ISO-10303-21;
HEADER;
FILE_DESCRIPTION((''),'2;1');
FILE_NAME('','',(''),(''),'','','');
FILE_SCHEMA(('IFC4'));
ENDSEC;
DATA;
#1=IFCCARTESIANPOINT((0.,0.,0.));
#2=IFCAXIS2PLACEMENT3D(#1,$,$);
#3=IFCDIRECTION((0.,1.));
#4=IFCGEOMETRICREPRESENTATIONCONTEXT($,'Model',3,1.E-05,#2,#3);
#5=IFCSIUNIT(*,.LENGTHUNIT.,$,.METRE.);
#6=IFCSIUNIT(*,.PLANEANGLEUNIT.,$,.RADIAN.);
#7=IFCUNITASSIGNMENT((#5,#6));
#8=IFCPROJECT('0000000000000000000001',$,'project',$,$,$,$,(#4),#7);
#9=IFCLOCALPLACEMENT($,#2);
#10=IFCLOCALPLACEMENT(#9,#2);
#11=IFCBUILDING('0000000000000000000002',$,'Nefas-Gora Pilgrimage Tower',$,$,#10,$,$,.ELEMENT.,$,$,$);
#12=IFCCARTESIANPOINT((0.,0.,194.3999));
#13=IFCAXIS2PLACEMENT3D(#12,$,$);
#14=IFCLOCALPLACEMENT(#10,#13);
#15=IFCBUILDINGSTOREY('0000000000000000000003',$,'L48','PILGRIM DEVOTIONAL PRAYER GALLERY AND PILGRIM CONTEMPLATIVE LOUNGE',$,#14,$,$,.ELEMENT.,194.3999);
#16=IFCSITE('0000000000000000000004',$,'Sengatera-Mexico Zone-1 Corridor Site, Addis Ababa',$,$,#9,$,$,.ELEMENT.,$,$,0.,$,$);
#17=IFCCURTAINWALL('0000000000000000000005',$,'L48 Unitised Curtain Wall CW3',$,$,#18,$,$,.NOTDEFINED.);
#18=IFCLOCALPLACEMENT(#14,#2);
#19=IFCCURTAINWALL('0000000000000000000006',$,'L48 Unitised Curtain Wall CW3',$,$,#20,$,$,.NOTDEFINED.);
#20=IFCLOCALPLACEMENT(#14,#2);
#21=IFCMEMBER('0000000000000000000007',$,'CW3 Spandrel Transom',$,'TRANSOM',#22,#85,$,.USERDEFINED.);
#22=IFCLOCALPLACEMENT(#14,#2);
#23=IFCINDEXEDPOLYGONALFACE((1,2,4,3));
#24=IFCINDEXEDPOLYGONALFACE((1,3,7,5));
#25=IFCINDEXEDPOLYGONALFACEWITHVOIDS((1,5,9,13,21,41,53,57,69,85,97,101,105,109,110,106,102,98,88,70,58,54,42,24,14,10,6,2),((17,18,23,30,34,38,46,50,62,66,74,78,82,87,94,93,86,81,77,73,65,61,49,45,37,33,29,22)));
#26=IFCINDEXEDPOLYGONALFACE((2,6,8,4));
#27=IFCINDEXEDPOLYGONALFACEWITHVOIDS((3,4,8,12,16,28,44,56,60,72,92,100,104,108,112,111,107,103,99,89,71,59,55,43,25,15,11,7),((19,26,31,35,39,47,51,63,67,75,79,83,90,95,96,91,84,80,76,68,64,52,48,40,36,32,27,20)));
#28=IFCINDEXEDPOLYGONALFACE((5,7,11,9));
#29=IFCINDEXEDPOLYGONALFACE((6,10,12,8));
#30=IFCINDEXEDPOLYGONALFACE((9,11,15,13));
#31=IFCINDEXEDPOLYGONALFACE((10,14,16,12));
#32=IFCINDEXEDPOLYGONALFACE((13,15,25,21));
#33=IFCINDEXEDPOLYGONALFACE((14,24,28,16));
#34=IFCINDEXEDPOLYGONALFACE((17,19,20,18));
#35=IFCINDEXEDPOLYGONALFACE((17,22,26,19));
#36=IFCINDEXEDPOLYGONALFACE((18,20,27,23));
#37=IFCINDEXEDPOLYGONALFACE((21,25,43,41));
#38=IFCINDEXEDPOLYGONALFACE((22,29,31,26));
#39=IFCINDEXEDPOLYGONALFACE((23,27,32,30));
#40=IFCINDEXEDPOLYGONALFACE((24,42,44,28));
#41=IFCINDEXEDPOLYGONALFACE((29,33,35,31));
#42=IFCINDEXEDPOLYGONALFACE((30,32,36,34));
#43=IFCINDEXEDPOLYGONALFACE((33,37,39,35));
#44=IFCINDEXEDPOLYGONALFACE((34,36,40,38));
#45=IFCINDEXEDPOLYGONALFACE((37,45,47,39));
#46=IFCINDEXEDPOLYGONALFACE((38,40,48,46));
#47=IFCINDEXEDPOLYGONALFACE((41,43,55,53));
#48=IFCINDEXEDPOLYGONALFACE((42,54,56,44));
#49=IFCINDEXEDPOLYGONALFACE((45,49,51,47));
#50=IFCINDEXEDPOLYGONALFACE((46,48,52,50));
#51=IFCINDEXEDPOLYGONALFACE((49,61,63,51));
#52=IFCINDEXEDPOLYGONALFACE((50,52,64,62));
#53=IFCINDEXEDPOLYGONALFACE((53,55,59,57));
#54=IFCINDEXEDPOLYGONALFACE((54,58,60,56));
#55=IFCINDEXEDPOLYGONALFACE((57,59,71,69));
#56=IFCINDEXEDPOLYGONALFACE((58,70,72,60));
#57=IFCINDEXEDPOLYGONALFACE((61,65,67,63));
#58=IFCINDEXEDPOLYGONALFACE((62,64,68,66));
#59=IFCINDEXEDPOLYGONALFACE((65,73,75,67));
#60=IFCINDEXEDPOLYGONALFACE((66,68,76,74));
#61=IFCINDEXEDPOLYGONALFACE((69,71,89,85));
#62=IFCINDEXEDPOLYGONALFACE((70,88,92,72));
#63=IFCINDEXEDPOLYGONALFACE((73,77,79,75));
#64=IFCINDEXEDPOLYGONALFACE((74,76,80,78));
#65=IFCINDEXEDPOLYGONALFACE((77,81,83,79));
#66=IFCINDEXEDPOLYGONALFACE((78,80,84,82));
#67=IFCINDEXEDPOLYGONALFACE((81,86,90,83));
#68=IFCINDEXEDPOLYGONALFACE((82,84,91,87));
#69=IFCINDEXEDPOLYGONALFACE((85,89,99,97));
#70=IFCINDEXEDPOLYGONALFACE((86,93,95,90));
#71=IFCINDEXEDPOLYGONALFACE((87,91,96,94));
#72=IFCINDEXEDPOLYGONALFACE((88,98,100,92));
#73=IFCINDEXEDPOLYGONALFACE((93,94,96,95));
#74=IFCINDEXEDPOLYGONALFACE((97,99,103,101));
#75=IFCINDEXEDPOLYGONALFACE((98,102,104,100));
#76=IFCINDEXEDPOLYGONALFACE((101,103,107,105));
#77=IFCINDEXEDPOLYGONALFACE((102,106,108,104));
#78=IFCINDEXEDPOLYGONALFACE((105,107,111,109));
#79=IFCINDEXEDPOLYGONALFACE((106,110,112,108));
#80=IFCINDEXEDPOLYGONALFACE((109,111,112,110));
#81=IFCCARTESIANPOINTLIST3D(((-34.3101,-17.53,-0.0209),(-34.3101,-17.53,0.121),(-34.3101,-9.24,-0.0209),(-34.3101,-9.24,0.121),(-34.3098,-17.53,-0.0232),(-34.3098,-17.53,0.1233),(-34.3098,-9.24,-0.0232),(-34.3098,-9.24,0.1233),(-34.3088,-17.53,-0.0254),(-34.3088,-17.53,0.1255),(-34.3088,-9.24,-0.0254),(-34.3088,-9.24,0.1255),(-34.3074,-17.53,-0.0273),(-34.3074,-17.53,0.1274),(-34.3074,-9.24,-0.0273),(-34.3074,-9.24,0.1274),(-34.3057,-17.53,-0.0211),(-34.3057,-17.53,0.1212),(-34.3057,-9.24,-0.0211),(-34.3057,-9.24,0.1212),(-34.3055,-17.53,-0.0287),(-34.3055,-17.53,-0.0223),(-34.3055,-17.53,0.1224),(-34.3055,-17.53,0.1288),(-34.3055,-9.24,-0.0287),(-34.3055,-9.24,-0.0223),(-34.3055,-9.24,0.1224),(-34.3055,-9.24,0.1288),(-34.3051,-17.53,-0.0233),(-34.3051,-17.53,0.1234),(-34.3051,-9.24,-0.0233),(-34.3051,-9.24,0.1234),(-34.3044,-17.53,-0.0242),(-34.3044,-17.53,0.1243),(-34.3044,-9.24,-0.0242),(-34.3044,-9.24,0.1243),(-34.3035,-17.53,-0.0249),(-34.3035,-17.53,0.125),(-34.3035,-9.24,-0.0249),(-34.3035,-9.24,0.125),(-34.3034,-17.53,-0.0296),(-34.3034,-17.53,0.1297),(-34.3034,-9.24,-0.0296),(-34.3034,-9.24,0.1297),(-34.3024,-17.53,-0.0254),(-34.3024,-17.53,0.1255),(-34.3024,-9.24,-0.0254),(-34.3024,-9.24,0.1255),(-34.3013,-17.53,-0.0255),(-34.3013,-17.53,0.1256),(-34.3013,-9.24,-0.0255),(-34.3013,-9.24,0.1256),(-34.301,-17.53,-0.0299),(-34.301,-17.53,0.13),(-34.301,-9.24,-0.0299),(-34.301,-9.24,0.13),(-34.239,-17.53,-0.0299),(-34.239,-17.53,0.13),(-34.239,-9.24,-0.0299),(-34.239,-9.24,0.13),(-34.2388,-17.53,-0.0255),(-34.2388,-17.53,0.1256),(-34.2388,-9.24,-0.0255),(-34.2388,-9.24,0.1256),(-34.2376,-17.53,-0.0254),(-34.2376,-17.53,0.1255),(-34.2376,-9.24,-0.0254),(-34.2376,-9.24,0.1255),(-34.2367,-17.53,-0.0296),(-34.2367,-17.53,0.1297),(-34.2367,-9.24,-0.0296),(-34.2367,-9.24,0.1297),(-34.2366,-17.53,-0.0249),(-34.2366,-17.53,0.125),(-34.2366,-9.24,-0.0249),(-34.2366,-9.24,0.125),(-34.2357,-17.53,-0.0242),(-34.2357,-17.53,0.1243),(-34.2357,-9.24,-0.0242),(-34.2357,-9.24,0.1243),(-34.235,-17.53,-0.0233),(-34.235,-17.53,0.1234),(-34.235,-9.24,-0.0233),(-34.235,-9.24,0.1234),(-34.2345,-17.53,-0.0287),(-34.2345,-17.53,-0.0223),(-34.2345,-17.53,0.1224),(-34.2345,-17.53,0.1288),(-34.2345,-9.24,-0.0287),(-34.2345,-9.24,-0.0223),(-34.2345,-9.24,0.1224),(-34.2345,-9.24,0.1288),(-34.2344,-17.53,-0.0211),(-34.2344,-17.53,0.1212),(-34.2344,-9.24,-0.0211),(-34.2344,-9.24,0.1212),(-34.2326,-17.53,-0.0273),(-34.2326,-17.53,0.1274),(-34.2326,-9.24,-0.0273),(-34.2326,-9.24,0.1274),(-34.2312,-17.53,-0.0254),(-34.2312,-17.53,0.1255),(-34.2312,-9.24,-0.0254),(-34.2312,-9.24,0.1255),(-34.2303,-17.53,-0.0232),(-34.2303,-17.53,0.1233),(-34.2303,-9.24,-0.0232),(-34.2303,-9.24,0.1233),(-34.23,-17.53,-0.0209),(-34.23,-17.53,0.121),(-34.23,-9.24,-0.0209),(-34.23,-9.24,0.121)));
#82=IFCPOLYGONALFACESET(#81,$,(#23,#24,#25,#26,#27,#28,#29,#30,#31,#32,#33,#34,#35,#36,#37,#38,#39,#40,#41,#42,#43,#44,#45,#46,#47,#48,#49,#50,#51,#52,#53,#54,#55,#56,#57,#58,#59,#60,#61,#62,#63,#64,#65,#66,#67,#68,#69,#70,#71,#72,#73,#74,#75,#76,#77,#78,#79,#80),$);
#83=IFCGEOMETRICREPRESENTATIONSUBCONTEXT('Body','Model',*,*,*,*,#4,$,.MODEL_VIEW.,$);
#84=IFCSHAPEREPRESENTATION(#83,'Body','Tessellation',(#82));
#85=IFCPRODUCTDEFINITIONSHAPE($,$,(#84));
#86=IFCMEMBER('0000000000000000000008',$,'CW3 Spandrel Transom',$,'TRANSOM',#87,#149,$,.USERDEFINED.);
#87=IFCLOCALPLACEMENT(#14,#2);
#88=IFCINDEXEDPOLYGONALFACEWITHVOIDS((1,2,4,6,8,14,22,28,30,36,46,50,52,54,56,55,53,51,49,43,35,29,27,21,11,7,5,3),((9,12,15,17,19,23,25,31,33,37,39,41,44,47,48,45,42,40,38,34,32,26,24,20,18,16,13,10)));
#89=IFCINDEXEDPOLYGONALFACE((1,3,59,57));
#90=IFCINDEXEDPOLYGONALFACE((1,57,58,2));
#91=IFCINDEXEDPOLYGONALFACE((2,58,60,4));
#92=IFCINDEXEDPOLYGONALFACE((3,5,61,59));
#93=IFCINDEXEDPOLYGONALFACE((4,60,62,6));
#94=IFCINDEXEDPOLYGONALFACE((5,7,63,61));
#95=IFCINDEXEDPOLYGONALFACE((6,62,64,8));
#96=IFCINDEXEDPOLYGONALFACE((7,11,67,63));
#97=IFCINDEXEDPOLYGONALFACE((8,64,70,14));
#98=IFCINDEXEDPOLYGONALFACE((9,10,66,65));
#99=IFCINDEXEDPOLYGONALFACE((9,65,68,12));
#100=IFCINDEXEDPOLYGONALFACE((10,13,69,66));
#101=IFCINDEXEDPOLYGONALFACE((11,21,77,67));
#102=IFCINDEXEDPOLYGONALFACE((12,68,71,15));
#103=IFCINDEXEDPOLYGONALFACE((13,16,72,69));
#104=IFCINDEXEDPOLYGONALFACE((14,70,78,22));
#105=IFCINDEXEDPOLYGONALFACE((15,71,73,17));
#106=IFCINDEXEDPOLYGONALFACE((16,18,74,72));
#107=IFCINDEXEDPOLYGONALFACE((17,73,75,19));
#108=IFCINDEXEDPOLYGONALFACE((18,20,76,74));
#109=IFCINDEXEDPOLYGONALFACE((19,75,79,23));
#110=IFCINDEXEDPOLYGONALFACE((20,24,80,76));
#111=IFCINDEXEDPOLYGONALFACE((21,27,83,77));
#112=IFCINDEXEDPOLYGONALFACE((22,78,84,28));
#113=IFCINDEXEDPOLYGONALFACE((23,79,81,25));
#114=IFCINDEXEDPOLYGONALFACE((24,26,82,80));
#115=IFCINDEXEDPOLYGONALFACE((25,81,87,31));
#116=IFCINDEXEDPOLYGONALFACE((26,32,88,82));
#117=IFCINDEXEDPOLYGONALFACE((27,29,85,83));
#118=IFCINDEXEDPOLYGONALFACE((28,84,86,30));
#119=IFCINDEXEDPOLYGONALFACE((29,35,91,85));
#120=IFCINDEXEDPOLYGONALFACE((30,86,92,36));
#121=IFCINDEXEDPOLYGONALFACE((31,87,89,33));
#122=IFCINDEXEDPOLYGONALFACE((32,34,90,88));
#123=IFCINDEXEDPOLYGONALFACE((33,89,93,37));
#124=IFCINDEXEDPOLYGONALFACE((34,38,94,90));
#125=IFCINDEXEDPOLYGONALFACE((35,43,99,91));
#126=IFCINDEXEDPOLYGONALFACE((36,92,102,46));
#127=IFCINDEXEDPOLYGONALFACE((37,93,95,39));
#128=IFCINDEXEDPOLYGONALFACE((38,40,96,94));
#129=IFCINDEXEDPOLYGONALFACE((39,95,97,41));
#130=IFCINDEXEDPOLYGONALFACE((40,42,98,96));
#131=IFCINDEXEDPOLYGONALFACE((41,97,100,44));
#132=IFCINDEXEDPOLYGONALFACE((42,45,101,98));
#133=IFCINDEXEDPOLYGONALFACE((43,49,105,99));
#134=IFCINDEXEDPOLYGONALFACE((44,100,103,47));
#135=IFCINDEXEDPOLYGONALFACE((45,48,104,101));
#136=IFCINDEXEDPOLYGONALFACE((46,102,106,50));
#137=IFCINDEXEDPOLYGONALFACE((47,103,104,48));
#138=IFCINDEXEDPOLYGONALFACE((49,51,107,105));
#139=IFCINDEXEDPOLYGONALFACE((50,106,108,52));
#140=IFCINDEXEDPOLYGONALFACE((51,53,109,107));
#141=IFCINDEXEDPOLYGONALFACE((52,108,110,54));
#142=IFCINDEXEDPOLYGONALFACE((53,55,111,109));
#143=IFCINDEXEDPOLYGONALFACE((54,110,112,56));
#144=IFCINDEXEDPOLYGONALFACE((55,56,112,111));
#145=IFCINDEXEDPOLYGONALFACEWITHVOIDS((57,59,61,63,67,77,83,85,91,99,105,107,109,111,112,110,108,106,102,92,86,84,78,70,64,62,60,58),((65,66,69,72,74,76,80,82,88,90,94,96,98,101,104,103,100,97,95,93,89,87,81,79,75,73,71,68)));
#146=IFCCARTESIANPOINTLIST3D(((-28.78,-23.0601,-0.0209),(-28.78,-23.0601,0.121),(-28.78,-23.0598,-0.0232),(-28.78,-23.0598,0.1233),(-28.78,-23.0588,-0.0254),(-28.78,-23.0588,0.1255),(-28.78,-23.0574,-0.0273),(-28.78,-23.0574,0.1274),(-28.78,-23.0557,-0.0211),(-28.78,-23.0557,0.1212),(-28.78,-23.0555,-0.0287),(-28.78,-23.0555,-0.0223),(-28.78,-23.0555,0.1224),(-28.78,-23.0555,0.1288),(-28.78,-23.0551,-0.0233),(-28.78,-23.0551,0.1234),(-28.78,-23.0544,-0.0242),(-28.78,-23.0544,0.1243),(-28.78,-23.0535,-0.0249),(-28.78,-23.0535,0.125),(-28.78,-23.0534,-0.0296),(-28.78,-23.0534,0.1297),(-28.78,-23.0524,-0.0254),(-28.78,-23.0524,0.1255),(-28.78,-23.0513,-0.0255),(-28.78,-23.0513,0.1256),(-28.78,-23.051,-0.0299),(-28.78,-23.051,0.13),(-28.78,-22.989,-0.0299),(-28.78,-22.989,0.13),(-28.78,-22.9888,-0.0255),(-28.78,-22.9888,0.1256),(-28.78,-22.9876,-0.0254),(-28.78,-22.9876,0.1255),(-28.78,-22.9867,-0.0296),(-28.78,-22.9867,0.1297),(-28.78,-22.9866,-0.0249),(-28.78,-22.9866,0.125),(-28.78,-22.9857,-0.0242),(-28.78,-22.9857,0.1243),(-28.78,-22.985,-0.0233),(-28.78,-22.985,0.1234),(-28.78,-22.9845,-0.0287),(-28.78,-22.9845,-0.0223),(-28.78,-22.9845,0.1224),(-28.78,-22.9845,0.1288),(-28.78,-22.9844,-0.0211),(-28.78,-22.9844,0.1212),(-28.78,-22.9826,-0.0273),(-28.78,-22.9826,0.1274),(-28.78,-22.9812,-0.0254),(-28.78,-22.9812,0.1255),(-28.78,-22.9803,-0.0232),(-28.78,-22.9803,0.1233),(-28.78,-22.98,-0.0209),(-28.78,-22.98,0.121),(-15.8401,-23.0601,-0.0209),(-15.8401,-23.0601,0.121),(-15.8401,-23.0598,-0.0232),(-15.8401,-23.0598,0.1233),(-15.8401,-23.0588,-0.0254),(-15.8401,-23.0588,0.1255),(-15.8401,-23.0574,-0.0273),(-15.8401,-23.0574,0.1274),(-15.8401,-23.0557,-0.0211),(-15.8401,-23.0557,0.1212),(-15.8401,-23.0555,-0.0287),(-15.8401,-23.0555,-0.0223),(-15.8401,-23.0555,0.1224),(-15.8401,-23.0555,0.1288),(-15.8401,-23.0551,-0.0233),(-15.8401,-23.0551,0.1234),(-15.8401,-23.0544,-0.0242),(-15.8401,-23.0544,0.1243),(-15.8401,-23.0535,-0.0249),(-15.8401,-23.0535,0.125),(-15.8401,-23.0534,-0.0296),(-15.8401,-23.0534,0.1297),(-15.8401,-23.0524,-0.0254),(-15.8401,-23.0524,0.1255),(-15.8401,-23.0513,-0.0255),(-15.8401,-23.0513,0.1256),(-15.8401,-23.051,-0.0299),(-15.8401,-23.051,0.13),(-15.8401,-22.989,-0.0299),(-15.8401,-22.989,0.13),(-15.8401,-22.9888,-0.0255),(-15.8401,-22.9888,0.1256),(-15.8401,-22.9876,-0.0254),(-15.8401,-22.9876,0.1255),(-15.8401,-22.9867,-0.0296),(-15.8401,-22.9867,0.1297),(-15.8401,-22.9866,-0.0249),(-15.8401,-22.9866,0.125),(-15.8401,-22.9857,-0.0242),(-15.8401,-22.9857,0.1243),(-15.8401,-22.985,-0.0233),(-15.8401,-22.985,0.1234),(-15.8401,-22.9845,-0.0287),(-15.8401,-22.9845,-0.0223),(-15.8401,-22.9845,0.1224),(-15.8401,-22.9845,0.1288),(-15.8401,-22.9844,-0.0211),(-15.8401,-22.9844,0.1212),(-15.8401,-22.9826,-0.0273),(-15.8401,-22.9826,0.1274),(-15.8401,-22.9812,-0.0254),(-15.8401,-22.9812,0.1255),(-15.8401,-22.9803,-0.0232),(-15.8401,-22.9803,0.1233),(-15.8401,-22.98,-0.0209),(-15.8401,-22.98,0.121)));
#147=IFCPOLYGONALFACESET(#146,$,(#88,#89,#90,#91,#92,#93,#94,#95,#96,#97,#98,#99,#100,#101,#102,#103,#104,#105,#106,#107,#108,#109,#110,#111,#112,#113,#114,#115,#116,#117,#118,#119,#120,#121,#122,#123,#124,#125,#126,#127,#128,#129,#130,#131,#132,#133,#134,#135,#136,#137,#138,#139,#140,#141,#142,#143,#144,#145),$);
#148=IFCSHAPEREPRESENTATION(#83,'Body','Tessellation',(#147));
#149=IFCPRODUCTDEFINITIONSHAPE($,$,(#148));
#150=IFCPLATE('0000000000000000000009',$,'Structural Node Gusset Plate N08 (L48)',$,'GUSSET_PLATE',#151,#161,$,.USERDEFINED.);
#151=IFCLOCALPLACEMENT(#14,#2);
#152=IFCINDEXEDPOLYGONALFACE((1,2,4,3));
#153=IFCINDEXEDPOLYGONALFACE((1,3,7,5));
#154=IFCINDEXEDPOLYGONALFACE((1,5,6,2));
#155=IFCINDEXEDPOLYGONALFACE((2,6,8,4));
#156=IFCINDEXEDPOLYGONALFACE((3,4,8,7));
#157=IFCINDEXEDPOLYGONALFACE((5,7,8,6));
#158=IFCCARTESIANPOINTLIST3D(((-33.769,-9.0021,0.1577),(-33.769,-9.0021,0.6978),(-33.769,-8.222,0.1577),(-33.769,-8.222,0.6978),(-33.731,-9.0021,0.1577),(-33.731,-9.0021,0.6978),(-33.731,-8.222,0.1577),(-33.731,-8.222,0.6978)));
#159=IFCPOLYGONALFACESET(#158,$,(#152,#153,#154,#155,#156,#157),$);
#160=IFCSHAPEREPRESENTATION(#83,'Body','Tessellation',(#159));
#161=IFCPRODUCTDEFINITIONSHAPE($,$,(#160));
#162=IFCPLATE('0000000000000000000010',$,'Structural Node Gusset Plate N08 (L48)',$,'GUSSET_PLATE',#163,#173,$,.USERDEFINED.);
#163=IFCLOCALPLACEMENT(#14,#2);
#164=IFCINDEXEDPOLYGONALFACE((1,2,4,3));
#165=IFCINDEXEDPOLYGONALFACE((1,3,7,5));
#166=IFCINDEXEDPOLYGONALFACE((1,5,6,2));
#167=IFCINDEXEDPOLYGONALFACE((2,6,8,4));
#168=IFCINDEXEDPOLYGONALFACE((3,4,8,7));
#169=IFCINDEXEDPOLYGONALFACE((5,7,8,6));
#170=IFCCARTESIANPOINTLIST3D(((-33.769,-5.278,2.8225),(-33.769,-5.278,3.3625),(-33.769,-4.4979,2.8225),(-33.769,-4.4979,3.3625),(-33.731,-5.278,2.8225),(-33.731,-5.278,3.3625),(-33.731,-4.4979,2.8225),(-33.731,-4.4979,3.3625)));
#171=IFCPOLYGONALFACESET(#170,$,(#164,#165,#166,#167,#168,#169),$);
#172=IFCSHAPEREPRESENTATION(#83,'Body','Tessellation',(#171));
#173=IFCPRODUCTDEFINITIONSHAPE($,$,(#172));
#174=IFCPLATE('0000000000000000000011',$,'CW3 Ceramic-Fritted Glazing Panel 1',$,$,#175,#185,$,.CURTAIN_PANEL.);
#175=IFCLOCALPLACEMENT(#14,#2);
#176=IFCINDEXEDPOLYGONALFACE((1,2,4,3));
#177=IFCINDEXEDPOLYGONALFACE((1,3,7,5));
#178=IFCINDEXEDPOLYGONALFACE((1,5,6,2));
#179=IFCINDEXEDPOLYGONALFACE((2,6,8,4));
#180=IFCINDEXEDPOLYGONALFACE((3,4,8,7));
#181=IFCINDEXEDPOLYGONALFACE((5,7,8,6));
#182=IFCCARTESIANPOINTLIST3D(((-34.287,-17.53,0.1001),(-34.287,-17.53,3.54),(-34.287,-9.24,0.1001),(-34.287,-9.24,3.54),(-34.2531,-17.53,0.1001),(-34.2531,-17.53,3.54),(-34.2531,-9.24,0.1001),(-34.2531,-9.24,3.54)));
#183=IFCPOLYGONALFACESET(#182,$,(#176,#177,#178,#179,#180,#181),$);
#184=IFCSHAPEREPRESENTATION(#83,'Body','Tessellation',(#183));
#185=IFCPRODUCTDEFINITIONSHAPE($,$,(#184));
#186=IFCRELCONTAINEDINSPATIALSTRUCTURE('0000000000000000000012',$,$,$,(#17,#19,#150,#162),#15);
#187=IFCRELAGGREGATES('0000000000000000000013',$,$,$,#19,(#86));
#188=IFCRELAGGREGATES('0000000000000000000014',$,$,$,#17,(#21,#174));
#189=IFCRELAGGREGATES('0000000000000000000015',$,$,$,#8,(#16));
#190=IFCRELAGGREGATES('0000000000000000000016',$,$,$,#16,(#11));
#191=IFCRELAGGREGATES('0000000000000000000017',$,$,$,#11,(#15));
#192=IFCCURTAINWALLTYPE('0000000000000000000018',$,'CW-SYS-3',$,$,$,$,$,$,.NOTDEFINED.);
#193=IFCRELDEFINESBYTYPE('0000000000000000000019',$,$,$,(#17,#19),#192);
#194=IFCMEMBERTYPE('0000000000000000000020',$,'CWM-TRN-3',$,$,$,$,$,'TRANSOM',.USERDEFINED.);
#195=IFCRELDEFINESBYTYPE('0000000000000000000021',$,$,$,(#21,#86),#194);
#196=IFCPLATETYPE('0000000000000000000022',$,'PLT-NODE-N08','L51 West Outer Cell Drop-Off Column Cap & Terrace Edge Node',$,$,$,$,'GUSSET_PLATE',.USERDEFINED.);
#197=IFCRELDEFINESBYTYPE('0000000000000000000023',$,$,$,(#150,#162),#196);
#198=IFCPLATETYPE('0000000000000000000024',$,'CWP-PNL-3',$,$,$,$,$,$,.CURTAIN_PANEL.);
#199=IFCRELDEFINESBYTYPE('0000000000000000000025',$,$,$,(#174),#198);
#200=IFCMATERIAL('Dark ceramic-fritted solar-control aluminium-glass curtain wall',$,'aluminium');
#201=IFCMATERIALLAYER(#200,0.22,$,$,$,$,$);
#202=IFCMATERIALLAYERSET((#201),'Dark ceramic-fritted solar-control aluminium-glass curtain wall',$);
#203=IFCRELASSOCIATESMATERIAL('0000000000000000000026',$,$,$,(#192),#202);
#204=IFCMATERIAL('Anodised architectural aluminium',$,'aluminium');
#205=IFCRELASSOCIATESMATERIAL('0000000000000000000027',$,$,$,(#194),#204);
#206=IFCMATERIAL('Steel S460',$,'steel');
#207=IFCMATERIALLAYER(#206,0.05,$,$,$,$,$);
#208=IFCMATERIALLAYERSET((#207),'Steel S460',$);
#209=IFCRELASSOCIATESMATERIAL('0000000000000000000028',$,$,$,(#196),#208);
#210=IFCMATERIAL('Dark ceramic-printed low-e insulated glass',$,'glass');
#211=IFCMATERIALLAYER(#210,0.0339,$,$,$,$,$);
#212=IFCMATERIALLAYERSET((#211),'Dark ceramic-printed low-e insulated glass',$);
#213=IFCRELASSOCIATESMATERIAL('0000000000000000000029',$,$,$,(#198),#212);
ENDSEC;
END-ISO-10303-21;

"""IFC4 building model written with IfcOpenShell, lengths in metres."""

from ifc_helpers import new_model, si_unit, direction, frame, origin, origin_2d, place, context, subcontext, project, spatial, rectangle, hollow_rectangle, extrude, source, transform, mapped, material, layer, layer_set, material_profile, profile_set, type_object, element, aggregate, save


model = new_model("IFC4")

# Units and contexts
model_context = context("Model", 3, precision=1e-05, world=origin(), true_north=direction((0.0, 1.0)))
body_context = subcontext(model_context, "Body", "Model", "MODEL_VIEW")
ifc_project = project(units=[si_unit("LENGTHUNIT", "METRE"), si_unit("PLANEANGLEUNIT", "RADIAN")], contexts=[model_context])

# Site, building, storey
site_placement = place(None, origin())
site = spatial("IfcSite", under=ifc_project, at=site_placement, Name="Sengatera-Mexico Zone-1 Corridor Site, Addis Ababa", CompositionType="ELEMENT", RefElevation=0.0)
building_placement = place(site_placement, origin())
building = spatial("IfcBuilding", under=site, at=building_placement, Name="Nefas-Gora Pilgrimage Tower", CompositionType="ELEMENT")
storey_placement = place(building_placement, frame((0.0, 0.0, 194.3999)))
storey = spatial("IfcBuildingStorey", under=building, at=storey_placement, Name="L48", Description="PILGRIM DEVOTIONAL PRAYER GALLERY AND PILGRIM CONTEMPLATIVE LOUNGE", CompositionType="ELEMENT", Elevation=194.3999)

# Shared definitions
ifc_material_1 = material(Name="Steel S460", Category="steel")

# Shared definitions
ifc_material_2 = material(Name="Dark ceramic-fritted solar-control aluminium-glass curtain wall", Category="aluminium")
ifc_layer_1 = layer(ifc_material_2, 0.22)
ifc_layer_set_1 = layer_set([ifc_layer_1], Name="Dark ceramic-fritted solar-control aluminium-glass curtain wall")
curtain_wall_type = type_object("IfcCurtainWallType", Name="CW-SYS-3", PredefinedType="NOTDEFINED", material=ifc_layer_set_1)
ifc_material_3 = material(Name="Anodised architectural aluminium", Category="aluminium")

# Curtain wall
curtain_wall_1_placement = place(storey_placement, origin())
curtain_wall_1 = element("IfcCurtainWall", 1, at=curtain_wall_1_placement, inside=storey, type_object=curtain_wall_type, Name="L48 Unitised Curtain Wall CW3", PredefinedType="NOTDEFINED")

# Curtain wall
curtain_wall_2_placement = place(storey_placement, origin())
curtain_wall_2 = element("IfcCurtainWall", 2, at=curtain_wall_2_placement, inside=storey, type_object=curtain_wall_type, Name="L48 Unitised Curtain Wall CW3", PredefinedType="NOTDEFINED")

# Members
ifc_material_profile_1 = material_profile(ifc_material_3, hollow_rectangle(XDim=0.0801, YDim=0.1599, WallThickness=0.0044, InnerFilletRadius=0.0044, OuterFilletRadius=0.009, at=origin_2d()), Name="ALU TRANSOM 80x160")
ifc_profile_set_1 = profile_set([ifc_material_profile_1], Name="Anodised architectural aluminium")
member_type_1 = type_object("IfcMemberType", Name="CWM-TRN-3", ElementType="TRANSOM", PredefinedType="USERDEFINED", material=ifc_profile_set_1)
shared_shape_1 = source(origin(), body_context, "Body", "SweptSolid", [
    extrude(hollow_rectangle(XDim=0.0801, YDim=0.1599, WallThickness=0.0044, InnerFilletRadius=0.0044, OuterFilletRadius=0.009, at=origin_2d()), origin(), (0.0, 0.0, 1.0), 8.29),
])
member_1_placement = place(storey_placement, frame((-34.27, -9.24, 0.05), z_axis=(0.0, -1.0, 0.0), x_axis=(1.0, 0.0, 0.0)))
member_1 = element("IfcMember", 3, at=member_1_placement, type_object=member_type_1, Name="CW3 Spandrel Transom", ObjectType="TRANSOM", PredefinedType="USERDEFINED", context=body_context, shape_type="MappedRepresentation", body=[
    mapped(shared_shape_1, transform((0.0, 0.0, 0.0), x_axis=(1.0, 0.0, 0.0), y_axis=(0.0, 1.0, 0.0), z_axis=(0.0, 0.0, 1.0), scale=1.0)),
])
shared_shape_2 = source(origin(), body_context, "Body", "SweptSolid", [
    extrude(hollow_rectangle(XDim=0.0801, YDim=0.1599, WallThickness=0.0044, InnerFilletRadius=0.0044, OuterFilletRadius=0.009, at=origin_2d()), origin(), (0.0, 0.0, 1.0), 12.9399),
])
member_2_placement = place(storey_placement, frame((-28.78, -23.02, 0.05), z_axis=(1.0, 0.0, 0.0), x_axis=(0.0, 1.0, 0.0)))
member_2 = element("IfcMember", 4, at=member_2_placement, type_object=member_type_1, Name="CW3 Spandrel Transom", ObjectType="TRANSOM", PredefinedType="USERDEFINED", context=body_context, shape_type="MappedRepresentation", body=[
    mapped(shared_shape_2, transform((0.0, 0.0, 0.0), x_axis=(1.0, 0.0, 0.0), y_axis=(0.0, 1.0, 0.0), z_axis=(0.0, 0.0, 1.0), scale=1.0)),
])
aggregate(curtain_wall_2, [member_2])

# Plates
ifc_layer_2 = layer(ifc_material_1, 0.05)
ifc_layer_set_2 = layer_set([ifc_layer_2], Name="Steel S460")
plate_type_1 = type_object("IfcPlateType", Name="PLT-NODE-N08", Description="L51 West Outer Cell Drop-Off Column Cap & Terrace Edge Node", ElementType="GUSSET_PLATE", PredefinedType="USERDEFINED", material=ifc_layer_set_2)
shared_shape_3 = source(origin(), body_context, "Body", "SweptSolid", [
    extrude(rectangle(XDim=0.78, YDim=0.0381, at=origin_2d()), origin(), (0.0, 0.0, 1.0), 0.54),
])
for number, where, z_axis, x_axis, name in (
    (5, (-33.75, -8.6121, 0.1577), (0.0, 0.0, 1.0), (0.0, 1.0, 0.0), "Structural Node Gusset Plate N08 (L48)"),
    (6, (-33.75, -4.8879, 2.8225), (0.0, 0.0, 1.0), (0.0, 1.0, 0.0), "Structural Node Gusset Plate N08 (L48)"),
):
    element("IfcPlate", number, at=place(storey_placement, frame(where, z_axis=z_axis, x_axis=x_axis)), inside=storey, type_object=plate_type_1, Name=name, ObjectType="GUSSET_PLATE", PredefinedType="USERDEFINED", context=body_context, shape_type="MappedRepresentation", body=[
        mapped(shared_shape_3, transform((0.0, 0.0, 0.0), x_axis=(1.0, 0.0, 0.0), y_axis=(0.0, 1.0, 0.0), z_axis=(0.0, 0.0, 1.0), scale=1.0)),
    ])

# Plate
ifc_material_4 = material(Name="Dark ceramic-printed low-e insulated glass", Category="glass")
ifc_layer_3 = layer(ifc_material_4, 0.0339)
ifc_layer_set_3 = layer_set([ifc_layer_3], Name="Dark ceramic-printed low-e insulated glass")
plate_type_2 = type_object("IfcPlateType", Name="CWP-PNL-3", PredefinedType="CURTAIN_PANEL", material=ifc_layer_set_3)
shared_shape_4 = source(origin(), body_context, "Body", "SweptSolid", [
    extrude(rectangle(XDim=8.29, YDim=0.0339, at=origin_2d()), origin(), (0.0, 0.0, 1.0), 3.4399),
])
plate_placement = place(storey_placement, frame((-34.27, -13.385, 0.1001), z_axis=(0.0, 0.0, 1.0), x_axis=(0.0, -1.0, 0.0)))
plate = element("IfcPlate", 7, at=plate_placement, type_object=plate_type_2, Name="CW3 Ceramic-Fritted Glazing Panel 1", PredefinedType="CURTAIN_PANEL", context=body_context, shape_type="MappedRepresentation", body=[
    mapped(shared_shape_4, transform((0.0, 0.0, 0.0), x_axis=(1.0, 0.0, 0.0), y_axis=(0.0, 1.0, 0.0), z_axis=(0.0, 0.0, 1.0), scale=1.0)),
])
aggregate(curtain_wall_1, [member_1, plate])

save(model, "model.ifc")
